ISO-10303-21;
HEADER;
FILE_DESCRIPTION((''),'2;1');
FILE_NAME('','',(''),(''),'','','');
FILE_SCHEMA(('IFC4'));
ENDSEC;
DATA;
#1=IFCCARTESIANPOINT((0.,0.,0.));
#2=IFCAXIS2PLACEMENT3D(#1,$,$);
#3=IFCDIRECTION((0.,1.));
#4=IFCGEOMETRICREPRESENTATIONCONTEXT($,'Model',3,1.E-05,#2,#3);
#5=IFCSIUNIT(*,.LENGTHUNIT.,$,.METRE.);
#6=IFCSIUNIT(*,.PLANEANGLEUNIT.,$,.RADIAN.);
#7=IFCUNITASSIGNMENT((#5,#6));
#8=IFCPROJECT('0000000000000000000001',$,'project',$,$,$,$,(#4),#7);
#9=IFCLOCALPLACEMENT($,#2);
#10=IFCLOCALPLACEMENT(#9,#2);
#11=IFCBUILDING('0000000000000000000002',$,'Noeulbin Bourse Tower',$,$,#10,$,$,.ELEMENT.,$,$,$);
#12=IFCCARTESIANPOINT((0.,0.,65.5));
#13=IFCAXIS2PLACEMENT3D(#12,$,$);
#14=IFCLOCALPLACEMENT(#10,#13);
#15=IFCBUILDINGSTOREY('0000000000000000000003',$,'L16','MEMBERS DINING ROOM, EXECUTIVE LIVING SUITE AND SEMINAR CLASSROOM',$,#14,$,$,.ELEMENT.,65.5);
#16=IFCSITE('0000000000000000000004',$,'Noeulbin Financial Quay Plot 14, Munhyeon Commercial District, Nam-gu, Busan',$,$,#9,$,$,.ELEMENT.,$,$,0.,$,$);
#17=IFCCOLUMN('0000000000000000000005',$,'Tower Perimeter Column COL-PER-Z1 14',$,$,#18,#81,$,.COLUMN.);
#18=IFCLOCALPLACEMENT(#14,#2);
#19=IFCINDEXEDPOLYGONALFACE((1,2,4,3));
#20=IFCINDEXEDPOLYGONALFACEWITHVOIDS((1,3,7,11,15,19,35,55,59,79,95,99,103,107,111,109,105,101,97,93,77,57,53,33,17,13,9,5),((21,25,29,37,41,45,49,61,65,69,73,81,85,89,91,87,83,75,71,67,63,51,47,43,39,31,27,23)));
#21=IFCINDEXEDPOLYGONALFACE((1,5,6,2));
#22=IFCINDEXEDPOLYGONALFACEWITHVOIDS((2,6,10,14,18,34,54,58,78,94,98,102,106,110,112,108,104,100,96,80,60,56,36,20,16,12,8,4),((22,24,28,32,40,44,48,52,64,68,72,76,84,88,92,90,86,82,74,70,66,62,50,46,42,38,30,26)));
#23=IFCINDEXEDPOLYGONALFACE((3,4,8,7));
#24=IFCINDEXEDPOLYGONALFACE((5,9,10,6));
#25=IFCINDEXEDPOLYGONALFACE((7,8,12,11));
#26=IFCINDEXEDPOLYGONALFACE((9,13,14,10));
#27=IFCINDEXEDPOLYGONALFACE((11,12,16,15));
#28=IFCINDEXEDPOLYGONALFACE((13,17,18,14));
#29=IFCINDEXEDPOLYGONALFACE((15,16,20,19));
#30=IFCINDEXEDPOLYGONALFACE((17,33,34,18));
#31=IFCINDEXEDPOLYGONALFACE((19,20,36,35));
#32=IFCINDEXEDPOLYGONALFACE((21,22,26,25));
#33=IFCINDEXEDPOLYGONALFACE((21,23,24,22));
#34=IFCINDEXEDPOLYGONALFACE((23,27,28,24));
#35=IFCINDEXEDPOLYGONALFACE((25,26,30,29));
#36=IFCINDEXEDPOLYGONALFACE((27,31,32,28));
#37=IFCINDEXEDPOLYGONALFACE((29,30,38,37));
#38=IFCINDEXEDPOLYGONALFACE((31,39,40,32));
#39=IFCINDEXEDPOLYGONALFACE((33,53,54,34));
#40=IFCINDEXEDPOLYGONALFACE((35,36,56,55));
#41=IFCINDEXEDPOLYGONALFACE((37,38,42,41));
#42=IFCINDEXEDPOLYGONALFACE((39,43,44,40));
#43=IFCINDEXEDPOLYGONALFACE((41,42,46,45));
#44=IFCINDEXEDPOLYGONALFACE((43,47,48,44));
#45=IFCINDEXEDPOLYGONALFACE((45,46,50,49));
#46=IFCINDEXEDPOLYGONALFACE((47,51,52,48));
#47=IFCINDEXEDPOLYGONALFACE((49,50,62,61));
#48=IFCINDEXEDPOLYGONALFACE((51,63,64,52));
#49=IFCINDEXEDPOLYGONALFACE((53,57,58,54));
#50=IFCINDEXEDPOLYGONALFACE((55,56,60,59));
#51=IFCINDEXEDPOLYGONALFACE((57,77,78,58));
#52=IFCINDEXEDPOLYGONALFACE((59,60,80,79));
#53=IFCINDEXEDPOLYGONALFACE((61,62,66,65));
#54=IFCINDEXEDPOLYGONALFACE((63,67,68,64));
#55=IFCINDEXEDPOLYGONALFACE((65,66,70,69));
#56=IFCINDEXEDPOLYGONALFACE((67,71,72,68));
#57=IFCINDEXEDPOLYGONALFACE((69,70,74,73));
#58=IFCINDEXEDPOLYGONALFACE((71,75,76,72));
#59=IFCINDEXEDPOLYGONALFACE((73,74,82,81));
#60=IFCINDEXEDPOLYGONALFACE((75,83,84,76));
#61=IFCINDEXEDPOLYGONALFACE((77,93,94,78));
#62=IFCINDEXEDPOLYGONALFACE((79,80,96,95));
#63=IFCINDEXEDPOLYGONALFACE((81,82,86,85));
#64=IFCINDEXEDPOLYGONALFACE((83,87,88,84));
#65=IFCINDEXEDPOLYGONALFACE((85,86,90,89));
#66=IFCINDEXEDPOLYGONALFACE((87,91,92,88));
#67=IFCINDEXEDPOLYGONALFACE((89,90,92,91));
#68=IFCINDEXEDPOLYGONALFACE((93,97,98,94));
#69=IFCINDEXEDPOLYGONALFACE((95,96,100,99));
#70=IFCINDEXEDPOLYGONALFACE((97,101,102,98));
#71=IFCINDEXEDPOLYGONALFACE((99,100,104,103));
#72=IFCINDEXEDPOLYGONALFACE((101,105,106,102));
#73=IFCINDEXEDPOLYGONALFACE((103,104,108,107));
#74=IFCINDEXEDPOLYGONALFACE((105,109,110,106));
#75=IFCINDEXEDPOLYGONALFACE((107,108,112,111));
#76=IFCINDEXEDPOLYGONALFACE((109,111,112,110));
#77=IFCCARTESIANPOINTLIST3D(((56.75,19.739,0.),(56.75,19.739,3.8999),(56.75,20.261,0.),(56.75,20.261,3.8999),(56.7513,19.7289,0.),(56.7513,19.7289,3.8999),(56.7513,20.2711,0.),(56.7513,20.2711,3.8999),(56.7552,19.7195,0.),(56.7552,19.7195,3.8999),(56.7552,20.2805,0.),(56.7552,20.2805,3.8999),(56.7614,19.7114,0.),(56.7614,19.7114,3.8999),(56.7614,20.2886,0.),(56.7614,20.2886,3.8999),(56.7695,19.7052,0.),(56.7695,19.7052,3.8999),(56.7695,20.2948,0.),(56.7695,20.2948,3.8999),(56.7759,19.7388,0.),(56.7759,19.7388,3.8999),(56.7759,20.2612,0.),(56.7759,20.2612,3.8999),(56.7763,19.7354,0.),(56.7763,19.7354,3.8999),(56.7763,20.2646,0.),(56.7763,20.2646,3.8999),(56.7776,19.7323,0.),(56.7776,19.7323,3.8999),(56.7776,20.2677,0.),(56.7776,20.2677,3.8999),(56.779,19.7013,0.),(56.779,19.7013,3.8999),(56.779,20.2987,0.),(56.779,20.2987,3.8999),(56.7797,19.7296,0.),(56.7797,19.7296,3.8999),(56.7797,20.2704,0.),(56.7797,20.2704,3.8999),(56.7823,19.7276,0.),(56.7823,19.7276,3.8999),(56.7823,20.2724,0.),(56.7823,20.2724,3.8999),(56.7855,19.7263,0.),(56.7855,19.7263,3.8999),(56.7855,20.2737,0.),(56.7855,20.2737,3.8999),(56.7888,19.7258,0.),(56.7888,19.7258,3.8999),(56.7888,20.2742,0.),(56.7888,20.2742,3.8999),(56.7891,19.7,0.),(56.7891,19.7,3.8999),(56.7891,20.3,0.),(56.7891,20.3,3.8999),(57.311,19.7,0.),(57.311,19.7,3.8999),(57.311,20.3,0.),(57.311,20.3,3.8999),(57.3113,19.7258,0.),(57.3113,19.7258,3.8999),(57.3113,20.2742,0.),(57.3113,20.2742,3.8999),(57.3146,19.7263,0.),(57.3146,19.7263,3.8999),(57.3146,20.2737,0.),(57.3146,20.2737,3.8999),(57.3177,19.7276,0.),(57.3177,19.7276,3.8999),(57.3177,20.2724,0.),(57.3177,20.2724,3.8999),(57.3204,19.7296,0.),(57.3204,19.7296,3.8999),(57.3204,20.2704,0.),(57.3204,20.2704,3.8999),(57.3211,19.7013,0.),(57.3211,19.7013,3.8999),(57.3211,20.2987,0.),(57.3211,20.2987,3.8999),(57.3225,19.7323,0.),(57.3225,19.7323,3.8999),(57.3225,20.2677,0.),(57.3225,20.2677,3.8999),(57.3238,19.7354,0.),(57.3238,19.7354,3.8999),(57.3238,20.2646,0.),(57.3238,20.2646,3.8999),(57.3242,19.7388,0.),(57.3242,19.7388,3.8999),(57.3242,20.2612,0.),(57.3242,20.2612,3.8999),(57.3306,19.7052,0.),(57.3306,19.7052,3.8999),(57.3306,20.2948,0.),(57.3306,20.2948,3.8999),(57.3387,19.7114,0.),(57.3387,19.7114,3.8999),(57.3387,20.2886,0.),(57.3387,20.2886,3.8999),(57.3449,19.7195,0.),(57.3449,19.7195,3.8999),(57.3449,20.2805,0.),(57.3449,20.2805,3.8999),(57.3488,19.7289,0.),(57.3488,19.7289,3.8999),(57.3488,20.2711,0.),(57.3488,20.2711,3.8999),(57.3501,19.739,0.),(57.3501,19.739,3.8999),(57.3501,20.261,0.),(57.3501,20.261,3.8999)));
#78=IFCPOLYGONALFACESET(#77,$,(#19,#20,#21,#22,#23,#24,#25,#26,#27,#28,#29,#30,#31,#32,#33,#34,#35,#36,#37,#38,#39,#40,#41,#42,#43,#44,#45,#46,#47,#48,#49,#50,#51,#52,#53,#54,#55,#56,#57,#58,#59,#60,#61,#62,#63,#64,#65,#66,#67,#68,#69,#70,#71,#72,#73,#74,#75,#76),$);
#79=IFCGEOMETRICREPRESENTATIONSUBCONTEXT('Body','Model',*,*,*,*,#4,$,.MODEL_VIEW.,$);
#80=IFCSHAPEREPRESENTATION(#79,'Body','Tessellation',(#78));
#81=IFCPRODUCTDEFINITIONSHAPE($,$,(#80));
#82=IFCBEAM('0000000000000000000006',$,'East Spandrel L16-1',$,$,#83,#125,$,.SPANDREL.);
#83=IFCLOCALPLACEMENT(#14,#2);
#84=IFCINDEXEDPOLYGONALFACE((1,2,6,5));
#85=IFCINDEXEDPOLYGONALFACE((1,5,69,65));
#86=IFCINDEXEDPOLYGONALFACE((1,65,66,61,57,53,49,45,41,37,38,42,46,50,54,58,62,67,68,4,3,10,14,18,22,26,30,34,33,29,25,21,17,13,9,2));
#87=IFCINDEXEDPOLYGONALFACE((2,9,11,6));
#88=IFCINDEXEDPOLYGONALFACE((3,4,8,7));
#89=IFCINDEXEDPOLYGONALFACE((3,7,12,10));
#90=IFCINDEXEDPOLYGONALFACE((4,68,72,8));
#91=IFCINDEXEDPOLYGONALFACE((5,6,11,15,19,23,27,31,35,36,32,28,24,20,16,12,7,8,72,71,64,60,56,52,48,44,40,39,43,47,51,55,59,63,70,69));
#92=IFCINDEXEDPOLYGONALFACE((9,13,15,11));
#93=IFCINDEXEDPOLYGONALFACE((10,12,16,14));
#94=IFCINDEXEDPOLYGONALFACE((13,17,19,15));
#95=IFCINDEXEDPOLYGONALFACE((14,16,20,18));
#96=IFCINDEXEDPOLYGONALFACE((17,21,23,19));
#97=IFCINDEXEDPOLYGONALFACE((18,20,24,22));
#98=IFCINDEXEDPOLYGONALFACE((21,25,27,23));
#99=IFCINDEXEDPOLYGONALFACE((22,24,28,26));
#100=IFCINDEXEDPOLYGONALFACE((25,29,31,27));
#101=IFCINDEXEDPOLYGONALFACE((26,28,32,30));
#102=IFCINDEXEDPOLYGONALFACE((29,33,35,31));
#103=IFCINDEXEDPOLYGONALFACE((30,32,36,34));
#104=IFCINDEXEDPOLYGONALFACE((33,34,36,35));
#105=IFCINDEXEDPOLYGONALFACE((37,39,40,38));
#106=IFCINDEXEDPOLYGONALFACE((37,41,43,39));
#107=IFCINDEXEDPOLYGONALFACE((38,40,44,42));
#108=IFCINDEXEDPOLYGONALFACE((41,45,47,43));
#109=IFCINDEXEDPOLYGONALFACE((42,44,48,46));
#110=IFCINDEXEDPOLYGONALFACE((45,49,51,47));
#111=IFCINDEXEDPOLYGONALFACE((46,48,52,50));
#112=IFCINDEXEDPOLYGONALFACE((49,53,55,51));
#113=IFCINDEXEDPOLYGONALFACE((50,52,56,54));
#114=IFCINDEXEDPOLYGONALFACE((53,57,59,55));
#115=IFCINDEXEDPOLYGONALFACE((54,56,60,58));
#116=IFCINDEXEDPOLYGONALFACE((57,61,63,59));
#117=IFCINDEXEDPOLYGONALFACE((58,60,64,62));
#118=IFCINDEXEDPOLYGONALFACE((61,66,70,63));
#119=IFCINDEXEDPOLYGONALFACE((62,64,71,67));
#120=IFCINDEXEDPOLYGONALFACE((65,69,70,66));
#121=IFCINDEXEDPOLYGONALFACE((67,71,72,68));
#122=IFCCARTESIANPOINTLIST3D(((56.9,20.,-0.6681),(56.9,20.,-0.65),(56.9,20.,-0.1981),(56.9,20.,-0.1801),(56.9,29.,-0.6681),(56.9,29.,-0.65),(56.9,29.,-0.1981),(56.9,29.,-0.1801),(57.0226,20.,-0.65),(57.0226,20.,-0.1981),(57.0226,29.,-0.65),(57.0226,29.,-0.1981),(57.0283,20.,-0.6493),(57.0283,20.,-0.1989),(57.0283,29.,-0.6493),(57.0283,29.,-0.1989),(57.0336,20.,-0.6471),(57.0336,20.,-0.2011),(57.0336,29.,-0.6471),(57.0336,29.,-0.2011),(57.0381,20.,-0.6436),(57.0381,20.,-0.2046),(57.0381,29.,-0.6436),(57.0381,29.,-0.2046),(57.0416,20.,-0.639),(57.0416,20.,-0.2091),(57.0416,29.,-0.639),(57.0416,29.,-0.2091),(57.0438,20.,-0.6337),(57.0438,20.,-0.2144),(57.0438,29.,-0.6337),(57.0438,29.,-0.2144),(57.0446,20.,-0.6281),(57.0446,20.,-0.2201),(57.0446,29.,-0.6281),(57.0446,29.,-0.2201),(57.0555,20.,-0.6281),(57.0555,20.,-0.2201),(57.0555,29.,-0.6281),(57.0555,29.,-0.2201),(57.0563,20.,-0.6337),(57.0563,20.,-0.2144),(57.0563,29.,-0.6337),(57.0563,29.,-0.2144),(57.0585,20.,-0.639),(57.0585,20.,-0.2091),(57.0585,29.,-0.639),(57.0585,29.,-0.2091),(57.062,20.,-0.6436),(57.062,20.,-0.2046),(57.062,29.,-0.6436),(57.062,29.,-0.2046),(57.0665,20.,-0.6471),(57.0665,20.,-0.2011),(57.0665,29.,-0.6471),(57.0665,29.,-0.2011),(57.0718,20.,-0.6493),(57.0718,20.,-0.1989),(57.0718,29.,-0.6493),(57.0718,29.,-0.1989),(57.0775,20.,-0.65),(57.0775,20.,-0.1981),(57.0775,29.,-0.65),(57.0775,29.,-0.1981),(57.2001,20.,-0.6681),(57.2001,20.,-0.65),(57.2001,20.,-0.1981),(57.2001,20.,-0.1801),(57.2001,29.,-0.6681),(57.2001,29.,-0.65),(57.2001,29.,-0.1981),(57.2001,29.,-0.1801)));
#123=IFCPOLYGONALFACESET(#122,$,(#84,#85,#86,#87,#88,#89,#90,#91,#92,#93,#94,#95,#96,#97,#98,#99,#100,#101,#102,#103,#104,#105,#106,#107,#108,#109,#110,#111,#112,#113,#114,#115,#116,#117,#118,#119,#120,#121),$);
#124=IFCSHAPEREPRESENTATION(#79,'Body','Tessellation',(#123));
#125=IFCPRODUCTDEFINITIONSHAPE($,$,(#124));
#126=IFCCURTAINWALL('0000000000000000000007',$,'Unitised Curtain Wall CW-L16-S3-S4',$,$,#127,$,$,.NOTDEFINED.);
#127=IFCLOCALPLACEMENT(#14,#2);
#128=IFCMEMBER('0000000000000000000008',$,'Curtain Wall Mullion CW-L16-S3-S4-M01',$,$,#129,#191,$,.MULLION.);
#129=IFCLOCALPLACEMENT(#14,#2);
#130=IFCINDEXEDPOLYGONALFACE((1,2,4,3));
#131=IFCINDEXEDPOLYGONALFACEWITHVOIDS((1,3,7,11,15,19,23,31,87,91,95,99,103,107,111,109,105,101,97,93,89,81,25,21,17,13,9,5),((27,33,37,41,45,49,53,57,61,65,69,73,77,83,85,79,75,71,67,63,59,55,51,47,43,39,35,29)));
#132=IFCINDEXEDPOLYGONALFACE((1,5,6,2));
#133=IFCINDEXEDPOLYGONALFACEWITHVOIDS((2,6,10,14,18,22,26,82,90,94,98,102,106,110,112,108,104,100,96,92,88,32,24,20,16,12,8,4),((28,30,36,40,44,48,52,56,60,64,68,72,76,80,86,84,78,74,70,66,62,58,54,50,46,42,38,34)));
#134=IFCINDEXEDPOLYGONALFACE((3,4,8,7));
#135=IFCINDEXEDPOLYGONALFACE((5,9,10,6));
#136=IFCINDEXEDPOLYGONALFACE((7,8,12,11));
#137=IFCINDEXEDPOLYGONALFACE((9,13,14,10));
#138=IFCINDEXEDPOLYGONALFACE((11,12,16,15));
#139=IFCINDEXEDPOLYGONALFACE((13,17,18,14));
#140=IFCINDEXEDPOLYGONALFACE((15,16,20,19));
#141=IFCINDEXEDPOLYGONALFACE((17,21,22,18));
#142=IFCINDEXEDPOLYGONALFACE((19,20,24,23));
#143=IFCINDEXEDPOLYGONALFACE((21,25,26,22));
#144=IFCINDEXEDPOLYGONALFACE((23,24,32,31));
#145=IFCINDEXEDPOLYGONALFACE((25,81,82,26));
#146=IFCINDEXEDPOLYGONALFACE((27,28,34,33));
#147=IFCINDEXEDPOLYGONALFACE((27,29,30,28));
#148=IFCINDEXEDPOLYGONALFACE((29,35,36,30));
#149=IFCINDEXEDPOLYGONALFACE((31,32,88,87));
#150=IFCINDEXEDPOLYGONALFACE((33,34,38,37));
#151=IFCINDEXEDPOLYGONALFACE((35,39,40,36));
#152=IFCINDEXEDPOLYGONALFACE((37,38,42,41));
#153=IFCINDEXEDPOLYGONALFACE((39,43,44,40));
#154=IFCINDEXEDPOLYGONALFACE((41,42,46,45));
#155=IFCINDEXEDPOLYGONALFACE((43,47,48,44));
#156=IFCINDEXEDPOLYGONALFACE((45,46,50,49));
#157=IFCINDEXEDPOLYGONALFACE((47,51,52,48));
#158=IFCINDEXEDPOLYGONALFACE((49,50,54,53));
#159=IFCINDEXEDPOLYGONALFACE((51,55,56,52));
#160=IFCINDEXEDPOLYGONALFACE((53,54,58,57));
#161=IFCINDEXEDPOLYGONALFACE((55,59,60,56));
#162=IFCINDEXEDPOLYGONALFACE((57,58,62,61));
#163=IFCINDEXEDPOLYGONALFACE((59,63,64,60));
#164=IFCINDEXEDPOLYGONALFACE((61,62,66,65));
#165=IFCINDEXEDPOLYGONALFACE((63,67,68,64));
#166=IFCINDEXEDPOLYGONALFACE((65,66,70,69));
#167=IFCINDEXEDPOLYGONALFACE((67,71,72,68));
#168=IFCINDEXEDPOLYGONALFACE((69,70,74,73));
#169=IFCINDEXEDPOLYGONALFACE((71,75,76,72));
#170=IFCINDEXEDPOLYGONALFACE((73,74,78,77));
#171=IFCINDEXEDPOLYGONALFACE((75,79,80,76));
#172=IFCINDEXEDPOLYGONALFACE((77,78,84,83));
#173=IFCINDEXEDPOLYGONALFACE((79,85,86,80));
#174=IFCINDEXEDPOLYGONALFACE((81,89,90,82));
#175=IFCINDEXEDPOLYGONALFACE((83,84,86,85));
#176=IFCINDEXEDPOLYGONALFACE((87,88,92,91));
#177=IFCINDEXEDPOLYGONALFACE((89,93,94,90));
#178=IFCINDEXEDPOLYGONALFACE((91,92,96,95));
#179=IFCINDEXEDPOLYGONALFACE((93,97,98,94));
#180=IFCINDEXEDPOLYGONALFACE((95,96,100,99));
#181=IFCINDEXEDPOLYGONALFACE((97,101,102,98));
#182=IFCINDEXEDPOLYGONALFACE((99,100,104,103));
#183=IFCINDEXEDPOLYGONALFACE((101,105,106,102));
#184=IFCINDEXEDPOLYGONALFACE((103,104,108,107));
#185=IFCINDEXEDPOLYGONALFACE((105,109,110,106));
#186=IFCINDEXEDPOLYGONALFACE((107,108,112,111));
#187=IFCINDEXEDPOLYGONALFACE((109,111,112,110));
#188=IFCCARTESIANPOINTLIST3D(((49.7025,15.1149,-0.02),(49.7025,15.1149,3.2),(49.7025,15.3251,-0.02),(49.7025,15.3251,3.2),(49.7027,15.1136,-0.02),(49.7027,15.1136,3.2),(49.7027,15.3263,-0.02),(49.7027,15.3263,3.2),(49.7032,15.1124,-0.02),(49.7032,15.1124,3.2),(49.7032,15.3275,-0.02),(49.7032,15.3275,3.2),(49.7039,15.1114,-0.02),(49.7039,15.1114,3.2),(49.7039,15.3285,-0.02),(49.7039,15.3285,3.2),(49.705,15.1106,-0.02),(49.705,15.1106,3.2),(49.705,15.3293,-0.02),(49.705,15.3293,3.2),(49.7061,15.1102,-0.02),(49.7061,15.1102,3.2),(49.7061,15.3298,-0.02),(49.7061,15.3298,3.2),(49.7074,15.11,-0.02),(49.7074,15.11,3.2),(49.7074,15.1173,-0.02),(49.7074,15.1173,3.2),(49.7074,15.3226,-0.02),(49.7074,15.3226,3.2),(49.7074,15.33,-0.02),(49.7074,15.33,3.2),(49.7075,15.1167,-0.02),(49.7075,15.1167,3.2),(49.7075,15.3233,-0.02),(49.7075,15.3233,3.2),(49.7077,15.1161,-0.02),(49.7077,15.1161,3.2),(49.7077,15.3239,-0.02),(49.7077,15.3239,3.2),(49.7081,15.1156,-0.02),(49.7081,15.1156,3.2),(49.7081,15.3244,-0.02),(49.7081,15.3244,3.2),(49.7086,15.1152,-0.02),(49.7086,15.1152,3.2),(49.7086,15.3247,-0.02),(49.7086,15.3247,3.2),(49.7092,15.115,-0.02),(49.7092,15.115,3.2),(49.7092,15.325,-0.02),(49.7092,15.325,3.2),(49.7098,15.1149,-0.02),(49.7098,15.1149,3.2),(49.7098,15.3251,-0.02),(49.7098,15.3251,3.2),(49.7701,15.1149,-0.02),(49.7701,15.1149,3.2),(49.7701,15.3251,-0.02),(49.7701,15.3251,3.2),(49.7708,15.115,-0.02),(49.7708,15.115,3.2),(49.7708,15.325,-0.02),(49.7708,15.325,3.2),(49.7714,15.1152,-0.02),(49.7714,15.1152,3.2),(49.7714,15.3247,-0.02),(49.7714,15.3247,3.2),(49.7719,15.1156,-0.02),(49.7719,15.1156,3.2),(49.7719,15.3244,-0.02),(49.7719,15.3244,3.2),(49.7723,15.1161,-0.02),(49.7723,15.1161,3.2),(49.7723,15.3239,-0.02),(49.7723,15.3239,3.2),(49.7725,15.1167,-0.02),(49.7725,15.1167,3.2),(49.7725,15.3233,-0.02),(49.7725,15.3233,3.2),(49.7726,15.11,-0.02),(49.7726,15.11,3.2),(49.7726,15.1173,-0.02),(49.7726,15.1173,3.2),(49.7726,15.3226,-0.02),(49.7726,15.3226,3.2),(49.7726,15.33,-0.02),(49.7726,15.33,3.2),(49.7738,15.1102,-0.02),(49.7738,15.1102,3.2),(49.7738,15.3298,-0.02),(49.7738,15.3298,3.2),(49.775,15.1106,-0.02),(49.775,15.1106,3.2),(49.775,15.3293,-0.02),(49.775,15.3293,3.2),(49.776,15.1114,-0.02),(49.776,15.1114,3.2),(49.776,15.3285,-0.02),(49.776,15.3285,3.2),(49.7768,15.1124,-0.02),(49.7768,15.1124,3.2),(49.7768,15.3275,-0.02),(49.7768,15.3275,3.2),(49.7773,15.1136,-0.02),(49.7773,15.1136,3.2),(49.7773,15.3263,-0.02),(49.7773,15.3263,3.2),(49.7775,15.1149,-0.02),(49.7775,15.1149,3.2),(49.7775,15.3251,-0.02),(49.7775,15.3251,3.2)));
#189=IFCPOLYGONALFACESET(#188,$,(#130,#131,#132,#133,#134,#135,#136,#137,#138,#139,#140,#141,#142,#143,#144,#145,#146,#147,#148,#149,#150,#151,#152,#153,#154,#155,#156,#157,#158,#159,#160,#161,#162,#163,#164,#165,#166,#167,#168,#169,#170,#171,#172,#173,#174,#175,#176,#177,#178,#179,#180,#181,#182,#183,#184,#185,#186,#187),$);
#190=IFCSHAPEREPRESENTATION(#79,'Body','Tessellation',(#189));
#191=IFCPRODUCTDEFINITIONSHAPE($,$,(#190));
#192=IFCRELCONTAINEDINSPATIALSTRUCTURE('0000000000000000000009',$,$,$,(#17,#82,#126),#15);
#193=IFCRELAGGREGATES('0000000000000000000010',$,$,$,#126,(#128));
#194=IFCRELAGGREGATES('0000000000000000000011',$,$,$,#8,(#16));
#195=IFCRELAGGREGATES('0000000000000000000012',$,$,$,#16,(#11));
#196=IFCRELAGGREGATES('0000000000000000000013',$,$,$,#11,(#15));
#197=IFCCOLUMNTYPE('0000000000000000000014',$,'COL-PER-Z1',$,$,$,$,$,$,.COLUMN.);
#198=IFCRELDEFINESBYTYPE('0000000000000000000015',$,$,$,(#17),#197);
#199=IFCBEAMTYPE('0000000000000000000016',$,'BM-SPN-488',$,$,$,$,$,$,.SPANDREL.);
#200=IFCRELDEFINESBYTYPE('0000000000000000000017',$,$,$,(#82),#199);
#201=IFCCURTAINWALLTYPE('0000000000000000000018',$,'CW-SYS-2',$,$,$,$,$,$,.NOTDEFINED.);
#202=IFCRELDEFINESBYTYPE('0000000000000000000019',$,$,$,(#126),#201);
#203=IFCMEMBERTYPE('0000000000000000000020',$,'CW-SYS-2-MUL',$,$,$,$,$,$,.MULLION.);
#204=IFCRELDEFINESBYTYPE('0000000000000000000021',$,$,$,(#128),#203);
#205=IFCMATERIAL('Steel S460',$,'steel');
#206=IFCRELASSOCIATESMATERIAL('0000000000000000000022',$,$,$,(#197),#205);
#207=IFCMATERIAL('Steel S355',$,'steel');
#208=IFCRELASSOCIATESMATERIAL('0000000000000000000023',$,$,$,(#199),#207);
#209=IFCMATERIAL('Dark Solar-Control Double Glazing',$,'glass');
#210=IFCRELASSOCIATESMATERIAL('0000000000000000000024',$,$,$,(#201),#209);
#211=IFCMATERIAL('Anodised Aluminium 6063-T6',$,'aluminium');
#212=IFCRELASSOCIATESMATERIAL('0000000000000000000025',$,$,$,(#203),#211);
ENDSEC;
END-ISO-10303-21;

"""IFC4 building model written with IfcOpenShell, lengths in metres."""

from ifc_helpers import new_model, si_unit, direction, frame, origin, origin_2d, place, context, subcontext, project, spatial, hollow_rectangle, i_section, extrude, material, material_profile, profile_set, type_object, element, aggregate, save


model = new_model("IFC4")

# Units and contexts
model_context = context("Model", 3, precision=1e-05, world=origin(), true_north=direction((0.0, 1.0)))
body_context = subcontext(model_context, "Body", "Model", "MODEL_VIEW")
ifc_project = project(units=[si_unit("LENGTHUNIT", "METRE"), si_unit("PLANEANGLEUNIT", "RADIAN")], contexts=[model_context])

# Site, building, storey
site_placement = place(None, origin())
site = spatial("IfcSite", under=ifc_project, at=site_placement, Name="Noeulbin Financial Quay Plot 14, Munhyeon Commercial District, Nam-gu, Busan", CompositionType="ELEMENT", RefElevation=0.0)
building_placement = place(site_placement, origin())
building = spatial("IfcBuilding", under=site, at=building_placement, Name="Noeulbin Bourse Tower", CompositionType="ELEMENT")
storey_placement = place(building_placement, frame((0.0, 0.0, 65.5)))
storey = spatial("IfcBuildingStorey", under=building, at=storey_placement, Name="L16", Description="MEMBERS DINING ROOM, EXECUTIVE LIVING SUITE AND SEMINAR CLASSROOM", CompositionType="ELEMENT", Elevation=65.5)

# Column
ifc_material_1 = material(Name="Steel S460", Category="steel")
ifc_material_profile_1 = material_profile(ifc_material_1, hollow_rectangle(XDim=0.6001, YDim=0.6001, WallThickness=0.0259, InnerFilletRadius=0.0129, OuterFilletRadius=0.0391, at=origin_2d()), Name="BOX-600x600x26", Category="LoadBearing")
ifc_profile_set_1 = profile_set([ifc_material_profile_1], Name="Steel S460")
column_type = type_object("IfcColumnType", Name="COL-PER-Z1", PredefinedType="COLUMN", material=ifc_profile_set_1)
column_placement = place(storey_placement, frame((57.05, 20.0, 0.0), z_axis=(0.0, 0.0, 1.0), x_axis=(1.0, 0.0, 0.0)))
element("IfcColumn", 1, at=column_placement, inside=storey, type_object=column_type, Name="Tower Perimeter Column COL-PER-Z1 14", PredefinedType="COLUMN", context=body_context, shape_type="SweptSolid", body=[
    extrude(hollow_rectangle(XDim=0.6001, YDim=0.6001, WallThickness=0.0259, InnerFilletRadius=0.0129, OuterFilletRadius=0.0391, at=origin_2d()), origin(), (0.0, 0.0, 1.0), 3.8999),
])

# Beam
ifc_material_2 = material(Name="Steel S355", Category="steel")
ifc_material_profile_2 = material_profile(ifc_material_2, i_section(OverallWidth=0.3, OverallDepth=0.488, WebThickness=0.011, FlangeThickness=0.0181, FilletRadius=0.022, at=origin_2d()), Name="H-488x300x11x18", Category="LoadBearing")
ifc_profile_set_2 = profile_set([ifc_material_profile_2], Name="Steel S355")
beam_type = type_object("IfcBeamType", Name="BM-SPN-488", PredefinedType="SPANDREL", material=ifc_profile_set_2)
beam_placement = place(storey_placement, frame((57.05, 20.0, -0.4241), z_axis=(0.0, 1.0, 0.0), x_axis=(-1.0, 0.0, 0.0)))
element("IfcBeam", 2, at=beam_placement, inside=storey, type_object=beam_type, Name="East Spandrel L16-1", PredefinedType="SPANDREL", context=body_context, shape_type="SweptSolid", body=[
    extrude(i_section(OverallWidth=0.3, OverallDepth=0.488, WebThickness=0.011, FlangeThickness=0.0181, FilletRadius=0.022, at=origin_2d()), origin(), (0.0, 0.0, 1.0), 9.0),
])

# Curtain wall, member
ifc_material_3 = material(Name="Dark Solar-Control Double Glazing", Category="glass")
curtain_wall_type = type_object("IfcCurtainWallType", Name="CW-SYS-2", PredefinedType="NOTDEFINED", material=ifc_material_3)
curtain_wall_1_placement = place(storey_placement, origin())
curtain_wall_1 = element("IfcCurtainWall", 3, at=curtain_wall_1_placement, inside=storey, type_object=curtain_wall_type, Name="Unitised Curtain Wall CW-L16-S3-S4", PredefinedType="NOTDEFINED")
ifc_material_4 = material(Name="Anodised Aluminium 6063-T6", Category="aluminium")
ifc_material_profile_3 = material_profile(ifc_material_4, hollow_rectangle(XDim=0.075, YDim=0.22, WallThickness=0.0049, InnerFilletRadius=0.0024, OuterFilletRadius=0.0049, at=origin_2d()), Name="ALU-MULL-75x220x5", Category="LoadBearing")
ifc_profile_set_3 = profile_set([ifc_material_profile_3], Name="Anodised Aluminium 6063-T6")
member_type_1 = type_object("IfcMemberType", Name="CW-SYS-2-MUL", PredefinedType="MULLION", material=ifc_profile_set_3)
member_1_placement = place(storey_placement, frame((49.74, 15.22, -0.02), z_axis=(0.0, 0.0, 1.0), x_axis=(1.0, 0.0, 0.0)))
member_1 = element("IfcMember", 4, at=member_1_placement, type_object=member_type_1, Name="Curtain Wall Mullion CW-L16-S3-S4-M01", PredefinedType="MULLION", context=body_context, shape_type="SweptSolid", body=[
    extrude(hollow_rectangle(XDim=0.075, YDim=0.22, WallThickness=0.0049, InnerFilletRadius=0.0024, OuterFilletRadius=0.0049, at=origin_2d()), origin(), (0.0, 0.0, 1.0), 3.22),
])

aggregate(curtain_wall_1, [member_1])

save(model, "model.ifc")
